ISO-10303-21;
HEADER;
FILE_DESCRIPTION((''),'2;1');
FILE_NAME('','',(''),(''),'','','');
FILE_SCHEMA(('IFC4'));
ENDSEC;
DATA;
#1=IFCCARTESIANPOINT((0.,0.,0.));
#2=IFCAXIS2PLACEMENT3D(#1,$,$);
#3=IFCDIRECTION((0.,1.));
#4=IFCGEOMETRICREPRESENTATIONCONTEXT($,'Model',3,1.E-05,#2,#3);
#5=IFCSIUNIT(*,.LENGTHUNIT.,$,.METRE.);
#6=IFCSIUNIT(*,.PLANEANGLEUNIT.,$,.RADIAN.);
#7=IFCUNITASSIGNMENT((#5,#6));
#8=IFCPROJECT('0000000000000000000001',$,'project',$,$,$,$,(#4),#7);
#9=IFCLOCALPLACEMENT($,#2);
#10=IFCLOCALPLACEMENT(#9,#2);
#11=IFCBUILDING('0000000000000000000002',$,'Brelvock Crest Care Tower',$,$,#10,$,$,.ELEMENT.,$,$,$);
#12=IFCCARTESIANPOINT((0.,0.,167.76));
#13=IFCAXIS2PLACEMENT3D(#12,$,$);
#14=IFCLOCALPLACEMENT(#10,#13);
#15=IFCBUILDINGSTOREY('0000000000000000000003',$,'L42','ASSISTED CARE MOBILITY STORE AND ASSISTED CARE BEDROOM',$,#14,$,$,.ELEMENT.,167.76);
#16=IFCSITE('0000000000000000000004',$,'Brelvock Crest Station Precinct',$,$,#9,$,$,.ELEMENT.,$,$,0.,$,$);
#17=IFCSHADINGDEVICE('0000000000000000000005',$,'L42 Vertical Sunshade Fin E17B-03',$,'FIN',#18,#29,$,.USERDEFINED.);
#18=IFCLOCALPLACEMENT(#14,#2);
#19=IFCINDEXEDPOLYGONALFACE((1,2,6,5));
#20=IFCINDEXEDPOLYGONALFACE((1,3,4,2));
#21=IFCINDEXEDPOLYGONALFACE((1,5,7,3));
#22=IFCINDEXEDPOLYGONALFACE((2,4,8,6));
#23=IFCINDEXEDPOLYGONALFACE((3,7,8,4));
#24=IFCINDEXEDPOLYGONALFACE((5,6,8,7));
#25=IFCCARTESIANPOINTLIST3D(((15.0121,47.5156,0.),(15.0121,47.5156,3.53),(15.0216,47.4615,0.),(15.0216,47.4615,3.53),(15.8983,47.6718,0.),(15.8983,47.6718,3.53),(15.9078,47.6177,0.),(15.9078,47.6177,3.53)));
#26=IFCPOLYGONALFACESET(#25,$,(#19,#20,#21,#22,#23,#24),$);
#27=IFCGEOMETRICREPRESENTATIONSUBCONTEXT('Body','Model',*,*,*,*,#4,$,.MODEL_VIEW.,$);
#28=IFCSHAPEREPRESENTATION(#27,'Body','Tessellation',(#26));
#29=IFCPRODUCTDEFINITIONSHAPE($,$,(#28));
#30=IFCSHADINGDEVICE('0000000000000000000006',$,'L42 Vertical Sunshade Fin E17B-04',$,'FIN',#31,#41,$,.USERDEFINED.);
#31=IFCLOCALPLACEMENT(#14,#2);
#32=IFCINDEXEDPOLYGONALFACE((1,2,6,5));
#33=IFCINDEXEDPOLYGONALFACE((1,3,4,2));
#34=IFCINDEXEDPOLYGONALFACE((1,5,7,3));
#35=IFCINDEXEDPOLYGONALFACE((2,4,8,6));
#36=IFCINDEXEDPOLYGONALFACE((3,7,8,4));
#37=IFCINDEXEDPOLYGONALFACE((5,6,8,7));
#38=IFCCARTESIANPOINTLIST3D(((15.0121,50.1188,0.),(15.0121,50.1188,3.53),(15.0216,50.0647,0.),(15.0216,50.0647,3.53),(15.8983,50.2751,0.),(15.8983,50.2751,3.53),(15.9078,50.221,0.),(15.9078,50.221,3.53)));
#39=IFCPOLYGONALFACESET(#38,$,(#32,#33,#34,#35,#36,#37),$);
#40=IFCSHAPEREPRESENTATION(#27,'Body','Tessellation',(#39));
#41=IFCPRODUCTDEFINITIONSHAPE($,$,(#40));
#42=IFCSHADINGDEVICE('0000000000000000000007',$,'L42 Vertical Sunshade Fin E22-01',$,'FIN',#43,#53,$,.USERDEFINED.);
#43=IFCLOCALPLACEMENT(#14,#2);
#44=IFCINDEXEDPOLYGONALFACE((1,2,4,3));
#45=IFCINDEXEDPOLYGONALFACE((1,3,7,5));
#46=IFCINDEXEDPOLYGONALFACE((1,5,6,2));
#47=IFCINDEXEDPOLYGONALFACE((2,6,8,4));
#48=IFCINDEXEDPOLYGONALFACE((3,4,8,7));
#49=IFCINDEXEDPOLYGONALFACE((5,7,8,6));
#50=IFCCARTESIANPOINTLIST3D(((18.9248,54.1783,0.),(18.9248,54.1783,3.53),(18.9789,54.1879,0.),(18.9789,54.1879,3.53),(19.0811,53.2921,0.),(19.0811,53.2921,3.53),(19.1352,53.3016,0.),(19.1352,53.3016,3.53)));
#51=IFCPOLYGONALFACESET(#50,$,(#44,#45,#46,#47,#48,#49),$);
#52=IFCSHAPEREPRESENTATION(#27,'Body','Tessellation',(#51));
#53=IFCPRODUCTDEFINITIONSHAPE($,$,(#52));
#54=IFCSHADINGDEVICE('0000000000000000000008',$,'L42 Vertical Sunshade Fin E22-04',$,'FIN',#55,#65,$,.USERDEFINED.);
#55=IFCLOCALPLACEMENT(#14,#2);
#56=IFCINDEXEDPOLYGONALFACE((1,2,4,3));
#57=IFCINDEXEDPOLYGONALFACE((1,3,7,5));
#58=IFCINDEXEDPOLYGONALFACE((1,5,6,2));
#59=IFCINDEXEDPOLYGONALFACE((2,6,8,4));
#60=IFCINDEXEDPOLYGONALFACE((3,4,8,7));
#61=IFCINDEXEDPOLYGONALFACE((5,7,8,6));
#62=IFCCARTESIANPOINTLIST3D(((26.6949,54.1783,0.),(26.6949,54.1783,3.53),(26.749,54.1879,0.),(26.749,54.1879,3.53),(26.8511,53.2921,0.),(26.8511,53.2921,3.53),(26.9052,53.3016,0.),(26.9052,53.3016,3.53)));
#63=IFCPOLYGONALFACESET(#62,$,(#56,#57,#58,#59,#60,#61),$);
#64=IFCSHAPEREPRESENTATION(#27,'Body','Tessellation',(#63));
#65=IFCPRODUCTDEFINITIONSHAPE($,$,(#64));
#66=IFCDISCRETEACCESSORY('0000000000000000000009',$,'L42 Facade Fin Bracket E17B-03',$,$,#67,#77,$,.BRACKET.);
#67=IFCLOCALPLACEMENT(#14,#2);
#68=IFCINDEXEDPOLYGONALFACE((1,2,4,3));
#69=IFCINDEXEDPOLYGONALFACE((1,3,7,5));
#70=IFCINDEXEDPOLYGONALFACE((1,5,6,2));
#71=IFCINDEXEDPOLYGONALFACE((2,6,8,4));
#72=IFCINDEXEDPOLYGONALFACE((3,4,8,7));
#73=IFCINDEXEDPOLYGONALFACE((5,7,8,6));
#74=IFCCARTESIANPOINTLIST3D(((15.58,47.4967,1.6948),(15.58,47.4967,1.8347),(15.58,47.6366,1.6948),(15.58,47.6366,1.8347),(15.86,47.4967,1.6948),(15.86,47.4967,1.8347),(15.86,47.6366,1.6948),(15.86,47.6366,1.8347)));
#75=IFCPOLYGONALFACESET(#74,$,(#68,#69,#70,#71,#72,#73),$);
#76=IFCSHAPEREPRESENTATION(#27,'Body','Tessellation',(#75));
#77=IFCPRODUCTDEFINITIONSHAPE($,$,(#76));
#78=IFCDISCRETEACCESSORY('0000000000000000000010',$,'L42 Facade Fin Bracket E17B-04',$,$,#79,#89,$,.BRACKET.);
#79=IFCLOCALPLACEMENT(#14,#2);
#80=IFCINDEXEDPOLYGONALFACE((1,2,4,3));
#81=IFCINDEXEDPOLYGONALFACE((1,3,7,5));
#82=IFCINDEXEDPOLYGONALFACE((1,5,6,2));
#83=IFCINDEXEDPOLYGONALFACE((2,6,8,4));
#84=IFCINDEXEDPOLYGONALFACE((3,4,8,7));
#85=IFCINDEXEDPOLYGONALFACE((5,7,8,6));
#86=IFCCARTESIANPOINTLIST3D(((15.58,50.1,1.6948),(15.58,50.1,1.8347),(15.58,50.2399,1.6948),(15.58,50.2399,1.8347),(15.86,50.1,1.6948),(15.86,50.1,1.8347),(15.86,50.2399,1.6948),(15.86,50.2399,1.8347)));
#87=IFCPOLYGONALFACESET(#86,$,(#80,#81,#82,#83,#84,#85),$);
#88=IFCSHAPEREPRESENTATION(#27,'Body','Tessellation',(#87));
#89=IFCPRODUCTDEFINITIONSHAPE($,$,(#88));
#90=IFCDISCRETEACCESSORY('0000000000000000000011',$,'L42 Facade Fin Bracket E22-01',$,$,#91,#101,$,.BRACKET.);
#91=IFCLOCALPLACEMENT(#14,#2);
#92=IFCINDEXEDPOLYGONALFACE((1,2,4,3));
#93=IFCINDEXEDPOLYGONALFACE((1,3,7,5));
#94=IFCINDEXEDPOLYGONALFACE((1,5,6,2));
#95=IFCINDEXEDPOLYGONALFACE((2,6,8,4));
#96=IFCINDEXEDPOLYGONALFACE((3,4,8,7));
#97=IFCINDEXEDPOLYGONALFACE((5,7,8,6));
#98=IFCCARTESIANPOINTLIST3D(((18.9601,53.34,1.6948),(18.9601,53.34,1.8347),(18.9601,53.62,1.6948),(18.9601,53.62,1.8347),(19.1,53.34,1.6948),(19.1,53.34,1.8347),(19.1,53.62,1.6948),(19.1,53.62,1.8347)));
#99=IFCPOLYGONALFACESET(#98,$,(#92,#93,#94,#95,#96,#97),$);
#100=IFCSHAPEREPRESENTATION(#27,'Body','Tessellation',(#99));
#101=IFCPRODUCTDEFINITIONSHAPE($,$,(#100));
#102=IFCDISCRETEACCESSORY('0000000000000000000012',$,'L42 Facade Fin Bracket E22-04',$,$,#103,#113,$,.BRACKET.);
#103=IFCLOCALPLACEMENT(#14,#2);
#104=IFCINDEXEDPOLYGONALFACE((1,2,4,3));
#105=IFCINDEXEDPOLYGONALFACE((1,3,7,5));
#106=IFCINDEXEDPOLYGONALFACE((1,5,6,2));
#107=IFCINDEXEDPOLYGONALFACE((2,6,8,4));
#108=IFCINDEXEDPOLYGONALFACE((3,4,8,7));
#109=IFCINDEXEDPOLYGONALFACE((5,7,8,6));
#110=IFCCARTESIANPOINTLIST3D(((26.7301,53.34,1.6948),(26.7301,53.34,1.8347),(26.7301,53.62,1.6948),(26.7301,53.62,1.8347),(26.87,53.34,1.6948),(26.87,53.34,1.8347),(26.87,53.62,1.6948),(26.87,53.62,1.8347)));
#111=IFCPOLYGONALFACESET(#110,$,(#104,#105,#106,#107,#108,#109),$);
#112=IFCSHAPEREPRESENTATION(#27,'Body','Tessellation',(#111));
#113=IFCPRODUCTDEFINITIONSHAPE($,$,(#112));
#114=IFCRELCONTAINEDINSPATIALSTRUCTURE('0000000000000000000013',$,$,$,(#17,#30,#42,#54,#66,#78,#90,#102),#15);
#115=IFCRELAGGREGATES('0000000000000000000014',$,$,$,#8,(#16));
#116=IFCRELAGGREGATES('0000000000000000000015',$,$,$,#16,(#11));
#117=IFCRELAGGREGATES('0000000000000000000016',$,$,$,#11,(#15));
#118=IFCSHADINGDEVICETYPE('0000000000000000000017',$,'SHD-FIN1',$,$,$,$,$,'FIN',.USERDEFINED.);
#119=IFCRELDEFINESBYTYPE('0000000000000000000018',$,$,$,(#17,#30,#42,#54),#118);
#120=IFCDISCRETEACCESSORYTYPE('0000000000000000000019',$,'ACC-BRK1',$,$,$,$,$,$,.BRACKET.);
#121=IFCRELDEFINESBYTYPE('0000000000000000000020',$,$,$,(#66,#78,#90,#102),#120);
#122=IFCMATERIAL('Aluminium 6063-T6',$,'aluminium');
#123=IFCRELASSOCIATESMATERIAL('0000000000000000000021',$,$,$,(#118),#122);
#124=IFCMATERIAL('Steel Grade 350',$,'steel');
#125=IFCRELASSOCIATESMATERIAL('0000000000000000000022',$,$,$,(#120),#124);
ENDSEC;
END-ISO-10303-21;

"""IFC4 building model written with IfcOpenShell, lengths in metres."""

from ifc_helpers import new_model, si_unit, direction, frame, origin, origin_2d, place, context, subcontext, project, spatial, rectangle, extrude, source, transform, mapped, material, material_profile, profile_set, type_object, element, save


model = new_model("IFC4")

# Units and contexts
model_context = context("Model", 3, precision=1e-05, world=origin(), true_north=direction((0.0, 1.0)))
body_context = subcontext(model_context, "Body", "Model", "MODEL_VIEW")
ifc_project = project(units=[si_unit("LENGTHUNIT", "METRE"), si_unit("PLANEANGLEUNIT", "RADIAN")], contexts=[model_context])

# Site, building, storey
site_placement = place(None, origin())
site = spatial("IfcSite", under=ifc_project, at=site_placement, Name="Brelvock Crest Station Precinct", CompositionType="ELEMENT", RefElevation=0.0)
building_placement = place(site_placement, origin())
building = spatial("IfcBuilding", under=site, at=building_placement, Name="Brelvock Crest Care Tower", CompositionType="ELEMENT")
storey_placement = place(building_placement, frame((0.0, 0.0, 167.76)))
storey = spatial("IfcBuildingStorey", under=building, at=storey_placement, Name="L42", Description="ASSISTED CARE MOBILITY STORE AND ASSISTED CARE BEDROOM", CompositionType="ELEMENT", Elevation=167.76)

# Shared definitions
ifc_material_1 = material(Name="Aluminium 6063-T6", Category="aluminium")

# Shading devices
ifc_material_profile_1 = material_profile(ifc_material_1, rectangle(XDim=0.0549, YDim=0.8999, at=origin_2d()), Name="FIN55x900")
ifc_profile_set_1 = profile_set([ifc_material_profile_1], Name="Aluminium 6063-T6")
shading_device_type = type_object("IfcShadingDeviceType", Name="SHD-FIN1", ElementType="FIN", PredefinedType="USERDEFINED", material=ifc_profile_set_1)
shared_shape_1 = source(origin(), body_context, "Body", "SweptSolid", [
    extrude(rectangle(XDim=0.0549, YDim=0.8999, at=origin_2d()), origin(), (0.0, 0.0, 1.0), 3.53),
])
for number, where, z_axis, x_axis, name in (
    (1, (15.46, 47.5667, 0.0), (0.0, 0.0, 1.0), (-0.173648, 0.984808, 0.0), "L42 Vertical Sunshade Fin E17B-03"),
    (2, (15.46, 50.1699, 0.0), (0.0, 0.0, 1.0), (-0.173648, 0.984808, 0.0), "L42 Vertical Sunshade Fin E17B-04"),
    (3, (19.03, 53.74, 0.0), (0.0, 0.0, 1.0), (0.984808, 0.173648, 0.0), "L42 Vertical Sunshade Fin E22-01"),
    (4, (26.8, 53.74, 0.0), (0.0, 0.0, 1.0), (0.984808, 0.173648, 0.0), "L42 Vertical Sunshade Fin E22-04"),
):
    element("IfcShadingDevice", number, at=place(storey_placement, frame(where, z_axis=z_axis, x_axis=x_axis)), inside=storey, type_object=shading_device_type, Name=name, ObjectType="FIN", PredefinedType="USERDEFINED", context=body_context, shape_type="MappedRepresentation", body=[
        mapped(shared_shape_1, transform((0.0, 0.0, 0.0), x_axis=(1.0, 0.0, 0.0), y_axis=(0.0, 1.0, 0.0), z_axis=(0.0, 0.0, 1.0), scale=1.0)),
    ])

# Discrete accessories
ifc_material_2 = material(Name="Steel Grade 350", Category="steel")
discrete_accessory_type = type_object("IfcDiscreteAccessoryType", Name="ACC-BRK1", PredefinedType="BRACKET", material=ifc_material_2)
shared_shape_2 = source(origin(), body_context, "Body", "SweptSolid", [
    extrude(rectangle(XDim=0.28, YDim=0.1399, at=origin_2d()), origin(), (0.0, 0.0, 1.0), 0.1399),
])
for number, where, z_axis, x_axis, name in (
    (5, (15.72, 47.5667, 1.6948), (0.0, 0.0, 1.0), (-1.0, 0.0, 0.0), "L42 Facade Fin Bracket E17B-03"),
    (6, (15.72, 50.1699, 1.6948), (0.0, 0.0, 1.0), (-1.0, 0.0, 0.0), "L42 Facade Fin Bracket E17B-04"),
    (7, (19.03, 53.48, 1.6948), (0.0, 0.0, 1.0), (0.0, 1.0, 0.0), "L42 Facade Fin Bracket E22-01"),
    (8, (26.8, 53.48, 1.6948), (0.0, 0.0, 1.0), (0.0, 1.0, 0.0), "L42 Facade Fin Bracket E22-04"),
):
    element("IfcDiscreteAccessory", number, at=place(storey_placement, frame(where, z_axis=z_axis, x_axis=x_axis)), inside=storey, type_object=discrete_accessory_type, Name=name, PredefinedType="BRACKET", context=body_context, shape_type="MappedRepresentation", body=[
        mapped(shared_shape_2, transform((0.0, 0.0, 0.0), x_axis=(1.0, 0.0, 0.0), y_axis=(0.0, 1.0, 0.0), z_axis=(0.0, 0.0, 1.0), scale=1.0)),
    ])

save(model, "model.ifc")
